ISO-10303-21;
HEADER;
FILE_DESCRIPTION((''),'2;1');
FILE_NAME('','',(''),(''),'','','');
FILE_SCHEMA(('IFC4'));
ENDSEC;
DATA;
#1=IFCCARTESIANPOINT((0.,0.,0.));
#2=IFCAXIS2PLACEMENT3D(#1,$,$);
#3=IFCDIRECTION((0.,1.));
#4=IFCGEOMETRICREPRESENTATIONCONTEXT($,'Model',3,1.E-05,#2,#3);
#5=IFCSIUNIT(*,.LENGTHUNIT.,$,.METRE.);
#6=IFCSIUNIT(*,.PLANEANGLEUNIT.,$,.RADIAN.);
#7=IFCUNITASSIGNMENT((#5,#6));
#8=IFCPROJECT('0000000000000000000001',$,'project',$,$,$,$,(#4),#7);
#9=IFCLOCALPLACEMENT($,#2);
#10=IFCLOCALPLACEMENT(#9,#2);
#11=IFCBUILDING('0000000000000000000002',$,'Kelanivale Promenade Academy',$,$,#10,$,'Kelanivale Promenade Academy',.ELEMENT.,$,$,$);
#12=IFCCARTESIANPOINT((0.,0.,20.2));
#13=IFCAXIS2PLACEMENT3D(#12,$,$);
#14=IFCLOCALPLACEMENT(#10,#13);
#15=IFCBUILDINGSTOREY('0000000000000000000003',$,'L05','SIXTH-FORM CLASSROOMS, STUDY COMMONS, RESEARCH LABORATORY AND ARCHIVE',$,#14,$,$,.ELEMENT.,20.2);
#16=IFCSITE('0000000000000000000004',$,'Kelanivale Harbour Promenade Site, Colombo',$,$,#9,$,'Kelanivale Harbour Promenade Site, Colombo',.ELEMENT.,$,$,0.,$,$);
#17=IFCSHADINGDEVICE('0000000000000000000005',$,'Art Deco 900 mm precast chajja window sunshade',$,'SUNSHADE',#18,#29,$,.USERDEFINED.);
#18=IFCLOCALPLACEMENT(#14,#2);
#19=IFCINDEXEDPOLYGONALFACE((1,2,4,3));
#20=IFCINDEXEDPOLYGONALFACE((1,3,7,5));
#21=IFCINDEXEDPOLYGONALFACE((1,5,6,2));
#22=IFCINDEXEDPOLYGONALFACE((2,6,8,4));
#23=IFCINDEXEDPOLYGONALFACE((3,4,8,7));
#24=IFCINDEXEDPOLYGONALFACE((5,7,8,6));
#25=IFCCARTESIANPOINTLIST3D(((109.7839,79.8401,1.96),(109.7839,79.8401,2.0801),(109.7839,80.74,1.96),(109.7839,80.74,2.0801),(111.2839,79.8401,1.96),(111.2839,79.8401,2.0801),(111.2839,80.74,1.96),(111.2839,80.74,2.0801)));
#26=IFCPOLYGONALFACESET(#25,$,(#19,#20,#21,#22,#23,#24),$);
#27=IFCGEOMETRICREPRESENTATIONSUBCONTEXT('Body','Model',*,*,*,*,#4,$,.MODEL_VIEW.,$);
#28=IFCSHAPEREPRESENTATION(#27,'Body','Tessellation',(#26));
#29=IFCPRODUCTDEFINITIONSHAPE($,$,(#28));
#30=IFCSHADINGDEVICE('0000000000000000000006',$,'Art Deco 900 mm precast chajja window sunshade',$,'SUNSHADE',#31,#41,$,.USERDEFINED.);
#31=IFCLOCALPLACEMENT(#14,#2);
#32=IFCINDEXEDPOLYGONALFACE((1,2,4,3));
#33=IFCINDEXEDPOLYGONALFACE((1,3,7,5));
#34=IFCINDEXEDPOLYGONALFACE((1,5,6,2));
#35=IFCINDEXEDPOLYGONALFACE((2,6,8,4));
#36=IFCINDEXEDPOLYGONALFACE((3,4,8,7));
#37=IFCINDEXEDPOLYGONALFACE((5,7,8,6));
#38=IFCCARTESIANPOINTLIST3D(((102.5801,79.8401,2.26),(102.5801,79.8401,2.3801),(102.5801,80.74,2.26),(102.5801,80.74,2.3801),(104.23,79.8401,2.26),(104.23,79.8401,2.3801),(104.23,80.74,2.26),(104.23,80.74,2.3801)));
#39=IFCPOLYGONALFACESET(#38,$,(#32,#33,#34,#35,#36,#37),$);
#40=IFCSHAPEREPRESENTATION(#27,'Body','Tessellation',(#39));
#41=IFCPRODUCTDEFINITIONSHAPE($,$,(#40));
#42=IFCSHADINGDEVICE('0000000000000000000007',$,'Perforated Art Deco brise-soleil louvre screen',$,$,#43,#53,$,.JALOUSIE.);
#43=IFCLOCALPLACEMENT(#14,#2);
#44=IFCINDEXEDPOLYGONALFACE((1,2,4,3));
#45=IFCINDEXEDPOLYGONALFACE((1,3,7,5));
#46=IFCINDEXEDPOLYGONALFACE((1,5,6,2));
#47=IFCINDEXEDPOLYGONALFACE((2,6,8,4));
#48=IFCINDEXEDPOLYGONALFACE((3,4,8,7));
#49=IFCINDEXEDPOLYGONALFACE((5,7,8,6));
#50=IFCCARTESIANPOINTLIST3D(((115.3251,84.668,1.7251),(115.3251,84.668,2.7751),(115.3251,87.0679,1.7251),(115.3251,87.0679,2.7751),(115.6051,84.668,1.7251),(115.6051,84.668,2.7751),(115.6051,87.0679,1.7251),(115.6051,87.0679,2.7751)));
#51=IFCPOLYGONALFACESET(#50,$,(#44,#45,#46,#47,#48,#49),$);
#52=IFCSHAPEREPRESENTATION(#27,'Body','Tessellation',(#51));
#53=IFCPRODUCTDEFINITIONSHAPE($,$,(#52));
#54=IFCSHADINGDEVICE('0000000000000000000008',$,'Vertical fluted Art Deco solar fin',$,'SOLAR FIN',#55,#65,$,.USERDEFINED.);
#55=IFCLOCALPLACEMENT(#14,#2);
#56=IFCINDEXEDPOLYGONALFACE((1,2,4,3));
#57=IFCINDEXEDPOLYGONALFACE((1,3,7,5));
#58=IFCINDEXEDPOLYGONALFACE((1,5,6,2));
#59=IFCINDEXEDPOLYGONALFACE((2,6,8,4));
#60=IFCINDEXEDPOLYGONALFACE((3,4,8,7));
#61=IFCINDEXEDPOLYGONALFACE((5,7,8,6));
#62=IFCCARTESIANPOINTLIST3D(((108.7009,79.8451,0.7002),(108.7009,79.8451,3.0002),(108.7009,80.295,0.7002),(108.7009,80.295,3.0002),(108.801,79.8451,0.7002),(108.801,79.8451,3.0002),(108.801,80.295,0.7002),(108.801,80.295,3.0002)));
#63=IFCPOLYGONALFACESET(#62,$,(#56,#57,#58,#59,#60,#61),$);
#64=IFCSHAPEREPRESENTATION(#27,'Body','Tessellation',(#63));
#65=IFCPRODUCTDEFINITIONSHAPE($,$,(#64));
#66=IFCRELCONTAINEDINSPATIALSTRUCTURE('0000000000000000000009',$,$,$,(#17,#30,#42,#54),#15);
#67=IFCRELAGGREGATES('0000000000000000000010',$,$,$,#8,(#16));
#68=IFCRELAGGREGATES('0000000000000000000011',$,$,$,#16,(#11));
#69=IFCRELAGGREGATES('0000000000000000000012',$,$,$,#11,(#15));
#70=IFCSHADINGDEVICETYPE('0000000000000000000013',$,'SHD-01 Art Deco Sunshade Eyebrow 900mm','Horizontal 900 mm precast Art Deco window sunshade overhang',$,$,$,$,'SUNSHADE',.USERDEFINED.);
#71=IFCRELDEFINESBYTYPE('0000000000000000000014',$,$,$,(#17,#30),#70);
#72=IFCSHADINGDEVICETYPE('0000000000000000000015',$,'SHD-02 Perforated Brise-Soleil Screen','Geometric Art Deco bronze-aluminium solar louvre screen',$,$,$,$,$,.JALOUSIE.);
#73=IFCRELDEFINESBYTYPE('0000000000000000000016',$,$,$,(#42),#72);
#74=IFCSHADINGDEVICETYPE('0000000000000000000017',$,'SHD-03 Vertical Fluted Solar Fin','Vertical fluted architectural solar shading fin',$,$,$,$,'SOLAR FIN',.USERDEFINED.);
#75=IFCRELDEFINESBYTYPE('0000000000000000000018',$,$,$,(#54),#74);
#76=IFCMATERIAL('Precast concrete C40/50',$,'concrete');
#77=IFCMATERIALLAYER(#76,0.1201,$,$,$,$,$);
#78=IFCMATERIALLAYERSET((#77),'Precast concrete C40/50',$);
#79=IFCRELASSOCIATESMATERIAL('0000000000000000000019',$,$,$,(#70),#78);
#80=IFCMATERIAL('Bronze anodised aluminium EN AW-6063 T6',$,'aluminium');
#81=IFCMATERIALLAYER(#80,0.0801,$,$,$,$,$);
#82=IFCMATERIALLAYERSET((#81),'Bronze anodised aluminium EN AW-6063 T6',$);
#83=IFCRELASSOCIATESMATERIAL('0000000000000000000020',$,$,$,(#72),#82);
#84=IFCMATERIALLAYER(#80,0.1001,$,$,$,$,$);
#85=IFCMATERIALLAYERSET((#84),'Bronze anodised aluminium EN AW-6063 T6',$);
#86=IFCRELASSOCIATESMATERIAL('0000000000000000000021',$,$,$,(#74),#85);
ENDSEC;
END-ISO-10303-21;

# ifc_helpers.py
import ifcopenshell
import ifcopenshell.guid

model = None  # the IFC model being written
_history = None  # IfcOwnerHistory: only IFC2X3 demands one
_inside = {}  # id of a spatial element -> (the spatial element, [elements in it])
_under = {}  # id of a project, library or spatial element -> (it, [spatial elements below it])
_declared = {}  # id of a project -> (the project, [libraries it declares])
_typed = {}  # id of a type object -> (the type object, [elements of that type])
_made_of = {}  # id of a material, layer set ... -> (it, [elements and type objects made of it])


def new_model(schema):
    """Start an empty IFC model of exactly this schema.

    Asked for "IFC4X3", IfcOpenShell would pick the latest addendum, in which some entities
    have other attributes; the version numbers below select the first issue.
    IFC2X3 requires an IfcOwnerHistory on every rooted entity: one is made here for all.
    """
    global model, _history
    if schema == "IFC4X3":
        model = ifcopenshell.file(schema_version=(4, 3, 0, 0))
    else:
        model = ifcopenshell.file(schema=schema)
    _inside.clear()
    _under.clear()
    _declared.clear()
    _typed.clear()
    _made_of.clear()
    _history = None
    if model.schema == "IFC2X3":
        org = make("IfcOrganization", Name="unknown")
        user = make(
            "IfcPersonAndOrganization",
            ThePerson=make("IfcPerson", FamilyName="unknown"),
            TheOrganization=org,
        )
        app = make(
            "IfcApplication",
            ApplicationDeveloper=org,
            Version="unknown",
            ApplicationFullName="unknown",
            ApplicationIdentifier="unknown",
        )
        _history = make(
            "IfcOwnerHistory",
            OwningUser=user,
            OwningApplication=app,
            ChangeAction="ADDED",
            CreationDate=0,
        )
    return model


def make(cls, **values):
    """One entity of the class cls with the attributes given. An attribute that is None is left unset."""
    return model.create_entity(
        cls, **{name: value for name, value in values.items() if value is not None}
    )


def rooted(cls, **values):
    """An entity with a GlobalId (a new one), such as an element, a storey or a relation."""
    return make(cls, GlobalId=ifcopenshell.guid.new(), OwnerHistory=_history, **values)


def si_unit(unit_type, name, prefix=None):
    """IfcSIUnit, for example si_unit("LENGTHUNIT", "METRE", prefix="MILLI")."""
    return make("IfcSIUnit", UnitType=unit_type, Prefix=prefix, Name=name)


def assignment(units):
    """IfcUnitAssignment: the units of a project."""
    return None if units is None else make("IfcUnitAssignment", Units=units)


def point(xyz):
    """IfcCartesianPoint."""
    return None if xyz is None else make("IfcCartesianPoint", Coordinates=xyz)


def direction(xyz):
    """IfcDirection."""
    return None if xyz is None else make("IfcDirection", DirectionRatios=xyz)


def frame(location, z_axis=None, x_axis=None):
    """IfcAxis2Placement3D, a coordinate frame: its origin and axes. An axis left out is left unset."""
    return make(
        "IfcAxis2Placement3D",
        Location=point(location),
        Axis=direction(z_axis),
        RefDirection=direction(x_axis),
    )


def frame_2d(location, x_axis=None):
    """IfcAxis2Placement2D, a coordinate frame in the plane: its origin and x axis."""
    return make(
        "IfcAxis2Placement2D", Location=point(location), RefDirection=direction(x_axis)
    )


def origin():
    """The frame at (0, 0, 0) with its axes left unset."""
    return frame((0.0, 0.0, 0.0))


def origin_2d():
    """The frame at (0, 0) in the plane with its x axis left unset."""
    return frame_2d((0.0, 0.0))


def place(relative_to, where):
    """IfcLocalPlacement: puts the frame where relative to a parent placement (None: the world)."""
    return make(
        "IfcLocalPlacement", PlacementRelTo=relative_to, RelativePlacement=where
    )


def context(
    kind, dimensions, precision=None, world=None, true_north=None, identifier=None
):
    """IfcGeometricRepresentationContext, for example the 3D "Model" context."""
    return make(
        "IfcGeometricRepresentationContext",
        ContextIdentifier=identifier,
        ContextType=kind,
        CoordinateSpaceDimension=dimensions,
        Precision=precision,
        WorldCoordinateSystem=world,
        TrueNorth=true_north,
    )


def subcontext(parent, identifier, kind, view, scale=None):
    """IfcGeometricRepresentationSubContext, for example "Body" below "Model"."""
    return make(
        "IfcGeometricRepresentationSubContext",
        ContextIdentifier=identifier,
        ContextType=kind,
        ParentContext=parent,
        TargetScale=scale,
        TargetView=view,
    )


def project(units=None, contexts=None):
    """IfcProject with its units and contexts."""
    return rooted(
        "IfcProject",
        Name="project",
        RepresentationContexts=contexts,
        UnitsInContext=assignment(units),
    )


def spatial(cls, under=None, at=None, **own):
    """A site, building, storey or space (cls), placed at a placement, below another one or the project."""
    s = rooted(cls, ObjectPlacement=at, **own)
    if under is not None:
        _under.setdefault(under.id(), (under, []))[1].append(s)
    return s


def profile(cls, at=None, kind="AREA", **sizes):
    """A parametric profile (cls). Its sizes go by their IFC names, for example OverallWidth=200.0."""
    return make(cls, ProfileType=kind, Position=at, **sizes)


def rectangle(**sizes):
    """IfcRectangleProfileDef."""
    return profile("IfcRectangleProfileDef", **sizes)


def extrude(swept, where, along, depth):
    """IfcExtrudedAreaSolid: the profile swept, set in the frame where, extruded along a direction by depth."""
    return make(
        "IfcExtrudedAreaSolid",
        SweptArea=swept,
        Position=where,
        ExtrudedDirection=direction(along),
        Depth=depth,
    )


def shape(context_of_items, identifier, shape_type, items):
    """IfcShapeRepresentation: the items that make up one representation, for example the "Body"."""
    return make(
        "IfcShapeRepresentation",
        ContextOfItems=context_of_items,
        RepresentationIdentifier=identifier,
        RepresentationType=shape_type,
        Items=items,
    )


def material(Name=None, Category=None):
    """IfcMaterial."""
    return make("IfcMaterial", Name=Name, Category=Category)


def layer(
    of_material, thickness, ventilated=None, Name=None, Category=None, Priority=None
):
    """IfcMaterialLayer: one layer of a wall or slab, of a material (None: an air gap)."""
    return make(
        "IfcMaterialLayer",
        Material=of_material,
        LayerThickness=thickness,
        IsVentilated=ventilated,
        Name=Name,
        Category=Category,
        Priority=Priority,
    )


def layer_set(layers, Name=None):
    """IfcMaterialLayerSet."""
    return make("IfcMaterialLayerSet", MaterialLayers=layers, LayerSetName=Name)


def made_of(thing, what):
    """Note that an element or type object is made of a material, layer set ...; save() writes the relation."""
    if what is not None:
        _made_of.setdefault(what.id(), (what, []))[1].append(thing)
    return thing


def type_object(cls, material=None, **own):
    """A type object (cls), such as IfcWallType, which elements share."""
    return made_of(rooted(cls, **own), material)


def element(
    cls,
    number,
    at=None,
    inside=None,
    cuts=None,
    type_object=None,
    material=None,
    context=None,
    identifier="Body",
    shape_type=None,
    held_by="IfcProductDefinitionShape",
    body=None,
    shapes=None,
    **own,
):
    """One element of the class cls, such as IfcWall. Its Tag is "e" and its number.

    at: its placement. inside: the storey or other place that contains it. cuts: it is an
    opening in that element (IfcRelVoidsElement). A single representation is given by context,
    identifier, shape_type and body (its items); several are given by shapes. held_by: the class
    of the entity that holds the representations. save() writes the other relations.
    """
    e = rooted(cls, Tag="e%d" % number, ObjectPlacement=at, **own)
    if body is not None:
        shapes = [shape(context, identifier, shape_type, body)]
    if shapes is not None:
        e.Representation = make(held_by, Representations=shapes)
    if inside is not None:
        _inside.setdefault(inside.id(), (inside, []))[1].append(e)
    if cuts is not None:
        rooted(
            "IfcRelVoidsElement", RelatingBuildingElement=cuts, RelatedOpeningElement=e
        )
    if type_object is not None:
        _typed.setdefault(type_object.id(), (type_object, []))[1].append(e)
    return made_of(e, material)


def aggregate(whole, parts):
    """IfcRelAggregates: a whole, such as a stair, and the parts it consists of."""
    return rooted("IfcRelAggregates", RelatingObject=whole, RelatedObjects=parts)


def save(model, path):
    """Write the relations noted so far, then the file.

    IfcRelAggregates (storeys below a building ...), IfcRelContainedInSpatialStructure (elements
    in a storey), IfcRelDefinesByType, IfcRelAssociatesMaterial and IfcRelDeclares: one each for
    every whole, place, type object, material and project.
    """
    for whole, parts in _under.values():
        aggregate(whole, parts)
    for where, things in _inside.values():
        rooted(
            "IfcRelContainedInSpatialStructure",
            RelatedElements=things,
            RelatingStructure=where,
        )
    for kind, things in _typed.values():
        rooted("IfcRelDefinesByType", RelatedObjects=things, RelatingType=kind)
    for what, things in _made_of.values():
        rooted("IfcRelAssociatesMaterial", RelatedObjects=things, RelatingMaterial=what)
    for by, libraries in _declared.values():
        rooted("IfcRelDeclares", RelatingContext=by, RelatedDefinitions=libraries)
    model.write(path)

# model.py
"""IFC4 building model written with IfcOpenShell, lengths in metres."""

from ifc_helpers import new_model, si_unit, direction, frame, origin, origin_2d, place, context, subcontext, project, spatial, rectangle, extrude, material, layer, layer_set, type_object, element, save


model = new_model("IFC4")

# Units and contexts
model_context = context("Model", 3, precision=1e-05, world=origin(), true_north=direction((0.0, 1.0)))
body_context = subcontext(model_context, "Body", "Model", "MODEL_VIEW")
ifc_project = project(units=[si_unit("LENGTHUNIT", "METRE"), si_unit("PLANEANGLEUNIT", "RADIAN")], contexts=[model_context])

# Site, building, storey
site_placement = place(None, origin())
site = spatial("IfcSite", under=ifc_project, at=site_placement, Name="Kelanivale Harbour Promenade Site, Colombo", LongName="Kelanivale Harbour Promenade Site, Colombo", CompositionType="ELEMENT", RefElevation=0.0)
building_placement = place(site_placement, origin())
building = spatial("IfcBuilding", under=site, at=building_placement, Name="Kelanivale Promenade Academy", LongName="Kelanivale Promenade Academy", CompositionType="ELEMENT")
storey_placement = place(building_placement, frame((0.0, 0.0, 20.2)))
storey = spatial("IfcBuildingStorey", under=building, at=storey_placement, Name="L05", Description="SIXTH-FORM CLASSROOMS, STUDY COMMONS, RESEARCH LABORATORY AND ARCHIVE", CompositionType="ELEMENT", Elevation=20.2)

# Shared definitions
ifc_material_1 = material(Name="Precast concrete C40/50", Category="concrete")

# Shading devices
ifc_layer_1 = layer(ifc_material_1, 0.1201)
ifc_layer_set_1 = layer_set([ifc_layer_1], Name="Precast concrete C40/50")
shading_device_type_1 = type_object("IfcShadingDeviceType", Name="SHD-01 Art Deco Sunshade Eyebrow 900mm", Description="Horizontal 900 mm precast Art Deco window sunshade overhang", ElementType="SUNSHADE", PredefinedType="USERDEFINED", material=ifc_layer_set_1)
shading_device_1_placement = place(storey_placement, frame((110.5339, 80.29, 1.96), z_axis=(0.0, 0.0, 1.0), x_axis=(-1.0, 0.0, 0.0)))
element("IfcShadingDevice", 1, at=shading_device_1_placement, inside=storey, type_object=shading_device_type_1, Name="Art Deco 900 mm precast chajja window sunshade", ObjectType="SUNSHADE", PredefinedType="USERDEFINED", context=body_context, shape_type="SweptSolid", body=[
    extrude(rectangle(XDim=1.5, YDim=0.8999, at=origin_2d()), origin(), (0.0, 0.0, 1.0), 0.1201),
])
shading_device_2_placement = place(storey_placement, frame((103.405, 80.29, 2.26), z_axis=(0.0, 0.0, 1.0), x_axis=(-1.0, 0.0, 0.0)))
element("IfcShadingDevice", 2, at=shading_device_2_placement, inside=storey, type_object=shading_device_type_1, Name="Art Deco 900 mm precast chajja window sunshade", ObjectType="SUNSHADE", PredefinedType="USERDEFINED", context=body_context, shape_type="SweptSolid", body=[
    extrude(rectangle(XDim=1.6499, YDim=0.8999, at=origin_2d()), origin(), (0.0, 0.0, 1.0), 0.1201),
])
ifc_material_2 = material(Name="Bronze anodised aluminium EN AW-6063 T6", Category="aluminium")
ifc_layer_2 = layer(ifc_material_2, 0.0801)
ifc_layer_set_2 = layer_set([ifc_layer_2], Name="Bronze anodised aluminium EN AW-6063 T6")
shading_device_type_2 = type_object("IfcShadingDeviceType", Name="SHD-02 Perforated Brise-Soleil Screen", Description="Geometric Art Deco bronze-aluminium solar louvre screen", PredefinedType="JALOUSIE", material=ifc_layer_set_2)
shading_device_3_placement = place(storey_placement, frame((115.4651, 85.8679, 1.7251), z_axis=(0.0, 0.0, 1.0), x_axis=(0.0, -1.0, 0.0)))
element("IfcShadingDevice", 3, at=shading_device_3_placement, inside=storey, type_object=shading_device_type_2, Name="Perforated Art Deco brise-soleil louvre screen", PredefinedType="JALOUSIE", context=body_context, shape_type="SweptSolid", body=[
    extrude(rectangle(XDim=2.3999, YDim=0.28, at=origin_2d()), origin(), (0.0, 0.0, 1.0), 1.05),
])
ifc_layer_3 = layer(ifc_material_2, 0.1001)
ifc_layer_set_3 = layer_set([ifc_layer_3], Name="Bronze anodised aluminium EN AW-6063 T6")
shading_device_type_3 = type_object("IfcShadingDeviceType", Name="SHD-03 Vertical Fluted Solar Fin", Description="Vertical fluted architectural solar shading fin", ElementType="SOLAR FIN", PredefinedType="USERDEFINED", material=ifc_layer_set_3)
shading_device_4_placement = place(storey_placement, frame((108.751, 80.0701, 0.7002), z_axis=(0.0, 0.0, 1.0), x_axis=(-1.0, 0.0, 0.0)))
element("IfcShadingDevice", 4, at=shading_device_4_placement, inside=storey, type_object=shading_device_type_3, Name="Vertical fluted Art Deco solar fin", ObjectType="SOLAR FIN", PredefinedType="USERDEFINED", context=body_context, shape_type="SweptSolid", body=[
    extrude(rectangle(XDim=0.1001, YDim=0.45, at=origin_2d()), origin(), (0.0, 0.0, 1.0), 2.3),
])

save(model, "model.ifc")
